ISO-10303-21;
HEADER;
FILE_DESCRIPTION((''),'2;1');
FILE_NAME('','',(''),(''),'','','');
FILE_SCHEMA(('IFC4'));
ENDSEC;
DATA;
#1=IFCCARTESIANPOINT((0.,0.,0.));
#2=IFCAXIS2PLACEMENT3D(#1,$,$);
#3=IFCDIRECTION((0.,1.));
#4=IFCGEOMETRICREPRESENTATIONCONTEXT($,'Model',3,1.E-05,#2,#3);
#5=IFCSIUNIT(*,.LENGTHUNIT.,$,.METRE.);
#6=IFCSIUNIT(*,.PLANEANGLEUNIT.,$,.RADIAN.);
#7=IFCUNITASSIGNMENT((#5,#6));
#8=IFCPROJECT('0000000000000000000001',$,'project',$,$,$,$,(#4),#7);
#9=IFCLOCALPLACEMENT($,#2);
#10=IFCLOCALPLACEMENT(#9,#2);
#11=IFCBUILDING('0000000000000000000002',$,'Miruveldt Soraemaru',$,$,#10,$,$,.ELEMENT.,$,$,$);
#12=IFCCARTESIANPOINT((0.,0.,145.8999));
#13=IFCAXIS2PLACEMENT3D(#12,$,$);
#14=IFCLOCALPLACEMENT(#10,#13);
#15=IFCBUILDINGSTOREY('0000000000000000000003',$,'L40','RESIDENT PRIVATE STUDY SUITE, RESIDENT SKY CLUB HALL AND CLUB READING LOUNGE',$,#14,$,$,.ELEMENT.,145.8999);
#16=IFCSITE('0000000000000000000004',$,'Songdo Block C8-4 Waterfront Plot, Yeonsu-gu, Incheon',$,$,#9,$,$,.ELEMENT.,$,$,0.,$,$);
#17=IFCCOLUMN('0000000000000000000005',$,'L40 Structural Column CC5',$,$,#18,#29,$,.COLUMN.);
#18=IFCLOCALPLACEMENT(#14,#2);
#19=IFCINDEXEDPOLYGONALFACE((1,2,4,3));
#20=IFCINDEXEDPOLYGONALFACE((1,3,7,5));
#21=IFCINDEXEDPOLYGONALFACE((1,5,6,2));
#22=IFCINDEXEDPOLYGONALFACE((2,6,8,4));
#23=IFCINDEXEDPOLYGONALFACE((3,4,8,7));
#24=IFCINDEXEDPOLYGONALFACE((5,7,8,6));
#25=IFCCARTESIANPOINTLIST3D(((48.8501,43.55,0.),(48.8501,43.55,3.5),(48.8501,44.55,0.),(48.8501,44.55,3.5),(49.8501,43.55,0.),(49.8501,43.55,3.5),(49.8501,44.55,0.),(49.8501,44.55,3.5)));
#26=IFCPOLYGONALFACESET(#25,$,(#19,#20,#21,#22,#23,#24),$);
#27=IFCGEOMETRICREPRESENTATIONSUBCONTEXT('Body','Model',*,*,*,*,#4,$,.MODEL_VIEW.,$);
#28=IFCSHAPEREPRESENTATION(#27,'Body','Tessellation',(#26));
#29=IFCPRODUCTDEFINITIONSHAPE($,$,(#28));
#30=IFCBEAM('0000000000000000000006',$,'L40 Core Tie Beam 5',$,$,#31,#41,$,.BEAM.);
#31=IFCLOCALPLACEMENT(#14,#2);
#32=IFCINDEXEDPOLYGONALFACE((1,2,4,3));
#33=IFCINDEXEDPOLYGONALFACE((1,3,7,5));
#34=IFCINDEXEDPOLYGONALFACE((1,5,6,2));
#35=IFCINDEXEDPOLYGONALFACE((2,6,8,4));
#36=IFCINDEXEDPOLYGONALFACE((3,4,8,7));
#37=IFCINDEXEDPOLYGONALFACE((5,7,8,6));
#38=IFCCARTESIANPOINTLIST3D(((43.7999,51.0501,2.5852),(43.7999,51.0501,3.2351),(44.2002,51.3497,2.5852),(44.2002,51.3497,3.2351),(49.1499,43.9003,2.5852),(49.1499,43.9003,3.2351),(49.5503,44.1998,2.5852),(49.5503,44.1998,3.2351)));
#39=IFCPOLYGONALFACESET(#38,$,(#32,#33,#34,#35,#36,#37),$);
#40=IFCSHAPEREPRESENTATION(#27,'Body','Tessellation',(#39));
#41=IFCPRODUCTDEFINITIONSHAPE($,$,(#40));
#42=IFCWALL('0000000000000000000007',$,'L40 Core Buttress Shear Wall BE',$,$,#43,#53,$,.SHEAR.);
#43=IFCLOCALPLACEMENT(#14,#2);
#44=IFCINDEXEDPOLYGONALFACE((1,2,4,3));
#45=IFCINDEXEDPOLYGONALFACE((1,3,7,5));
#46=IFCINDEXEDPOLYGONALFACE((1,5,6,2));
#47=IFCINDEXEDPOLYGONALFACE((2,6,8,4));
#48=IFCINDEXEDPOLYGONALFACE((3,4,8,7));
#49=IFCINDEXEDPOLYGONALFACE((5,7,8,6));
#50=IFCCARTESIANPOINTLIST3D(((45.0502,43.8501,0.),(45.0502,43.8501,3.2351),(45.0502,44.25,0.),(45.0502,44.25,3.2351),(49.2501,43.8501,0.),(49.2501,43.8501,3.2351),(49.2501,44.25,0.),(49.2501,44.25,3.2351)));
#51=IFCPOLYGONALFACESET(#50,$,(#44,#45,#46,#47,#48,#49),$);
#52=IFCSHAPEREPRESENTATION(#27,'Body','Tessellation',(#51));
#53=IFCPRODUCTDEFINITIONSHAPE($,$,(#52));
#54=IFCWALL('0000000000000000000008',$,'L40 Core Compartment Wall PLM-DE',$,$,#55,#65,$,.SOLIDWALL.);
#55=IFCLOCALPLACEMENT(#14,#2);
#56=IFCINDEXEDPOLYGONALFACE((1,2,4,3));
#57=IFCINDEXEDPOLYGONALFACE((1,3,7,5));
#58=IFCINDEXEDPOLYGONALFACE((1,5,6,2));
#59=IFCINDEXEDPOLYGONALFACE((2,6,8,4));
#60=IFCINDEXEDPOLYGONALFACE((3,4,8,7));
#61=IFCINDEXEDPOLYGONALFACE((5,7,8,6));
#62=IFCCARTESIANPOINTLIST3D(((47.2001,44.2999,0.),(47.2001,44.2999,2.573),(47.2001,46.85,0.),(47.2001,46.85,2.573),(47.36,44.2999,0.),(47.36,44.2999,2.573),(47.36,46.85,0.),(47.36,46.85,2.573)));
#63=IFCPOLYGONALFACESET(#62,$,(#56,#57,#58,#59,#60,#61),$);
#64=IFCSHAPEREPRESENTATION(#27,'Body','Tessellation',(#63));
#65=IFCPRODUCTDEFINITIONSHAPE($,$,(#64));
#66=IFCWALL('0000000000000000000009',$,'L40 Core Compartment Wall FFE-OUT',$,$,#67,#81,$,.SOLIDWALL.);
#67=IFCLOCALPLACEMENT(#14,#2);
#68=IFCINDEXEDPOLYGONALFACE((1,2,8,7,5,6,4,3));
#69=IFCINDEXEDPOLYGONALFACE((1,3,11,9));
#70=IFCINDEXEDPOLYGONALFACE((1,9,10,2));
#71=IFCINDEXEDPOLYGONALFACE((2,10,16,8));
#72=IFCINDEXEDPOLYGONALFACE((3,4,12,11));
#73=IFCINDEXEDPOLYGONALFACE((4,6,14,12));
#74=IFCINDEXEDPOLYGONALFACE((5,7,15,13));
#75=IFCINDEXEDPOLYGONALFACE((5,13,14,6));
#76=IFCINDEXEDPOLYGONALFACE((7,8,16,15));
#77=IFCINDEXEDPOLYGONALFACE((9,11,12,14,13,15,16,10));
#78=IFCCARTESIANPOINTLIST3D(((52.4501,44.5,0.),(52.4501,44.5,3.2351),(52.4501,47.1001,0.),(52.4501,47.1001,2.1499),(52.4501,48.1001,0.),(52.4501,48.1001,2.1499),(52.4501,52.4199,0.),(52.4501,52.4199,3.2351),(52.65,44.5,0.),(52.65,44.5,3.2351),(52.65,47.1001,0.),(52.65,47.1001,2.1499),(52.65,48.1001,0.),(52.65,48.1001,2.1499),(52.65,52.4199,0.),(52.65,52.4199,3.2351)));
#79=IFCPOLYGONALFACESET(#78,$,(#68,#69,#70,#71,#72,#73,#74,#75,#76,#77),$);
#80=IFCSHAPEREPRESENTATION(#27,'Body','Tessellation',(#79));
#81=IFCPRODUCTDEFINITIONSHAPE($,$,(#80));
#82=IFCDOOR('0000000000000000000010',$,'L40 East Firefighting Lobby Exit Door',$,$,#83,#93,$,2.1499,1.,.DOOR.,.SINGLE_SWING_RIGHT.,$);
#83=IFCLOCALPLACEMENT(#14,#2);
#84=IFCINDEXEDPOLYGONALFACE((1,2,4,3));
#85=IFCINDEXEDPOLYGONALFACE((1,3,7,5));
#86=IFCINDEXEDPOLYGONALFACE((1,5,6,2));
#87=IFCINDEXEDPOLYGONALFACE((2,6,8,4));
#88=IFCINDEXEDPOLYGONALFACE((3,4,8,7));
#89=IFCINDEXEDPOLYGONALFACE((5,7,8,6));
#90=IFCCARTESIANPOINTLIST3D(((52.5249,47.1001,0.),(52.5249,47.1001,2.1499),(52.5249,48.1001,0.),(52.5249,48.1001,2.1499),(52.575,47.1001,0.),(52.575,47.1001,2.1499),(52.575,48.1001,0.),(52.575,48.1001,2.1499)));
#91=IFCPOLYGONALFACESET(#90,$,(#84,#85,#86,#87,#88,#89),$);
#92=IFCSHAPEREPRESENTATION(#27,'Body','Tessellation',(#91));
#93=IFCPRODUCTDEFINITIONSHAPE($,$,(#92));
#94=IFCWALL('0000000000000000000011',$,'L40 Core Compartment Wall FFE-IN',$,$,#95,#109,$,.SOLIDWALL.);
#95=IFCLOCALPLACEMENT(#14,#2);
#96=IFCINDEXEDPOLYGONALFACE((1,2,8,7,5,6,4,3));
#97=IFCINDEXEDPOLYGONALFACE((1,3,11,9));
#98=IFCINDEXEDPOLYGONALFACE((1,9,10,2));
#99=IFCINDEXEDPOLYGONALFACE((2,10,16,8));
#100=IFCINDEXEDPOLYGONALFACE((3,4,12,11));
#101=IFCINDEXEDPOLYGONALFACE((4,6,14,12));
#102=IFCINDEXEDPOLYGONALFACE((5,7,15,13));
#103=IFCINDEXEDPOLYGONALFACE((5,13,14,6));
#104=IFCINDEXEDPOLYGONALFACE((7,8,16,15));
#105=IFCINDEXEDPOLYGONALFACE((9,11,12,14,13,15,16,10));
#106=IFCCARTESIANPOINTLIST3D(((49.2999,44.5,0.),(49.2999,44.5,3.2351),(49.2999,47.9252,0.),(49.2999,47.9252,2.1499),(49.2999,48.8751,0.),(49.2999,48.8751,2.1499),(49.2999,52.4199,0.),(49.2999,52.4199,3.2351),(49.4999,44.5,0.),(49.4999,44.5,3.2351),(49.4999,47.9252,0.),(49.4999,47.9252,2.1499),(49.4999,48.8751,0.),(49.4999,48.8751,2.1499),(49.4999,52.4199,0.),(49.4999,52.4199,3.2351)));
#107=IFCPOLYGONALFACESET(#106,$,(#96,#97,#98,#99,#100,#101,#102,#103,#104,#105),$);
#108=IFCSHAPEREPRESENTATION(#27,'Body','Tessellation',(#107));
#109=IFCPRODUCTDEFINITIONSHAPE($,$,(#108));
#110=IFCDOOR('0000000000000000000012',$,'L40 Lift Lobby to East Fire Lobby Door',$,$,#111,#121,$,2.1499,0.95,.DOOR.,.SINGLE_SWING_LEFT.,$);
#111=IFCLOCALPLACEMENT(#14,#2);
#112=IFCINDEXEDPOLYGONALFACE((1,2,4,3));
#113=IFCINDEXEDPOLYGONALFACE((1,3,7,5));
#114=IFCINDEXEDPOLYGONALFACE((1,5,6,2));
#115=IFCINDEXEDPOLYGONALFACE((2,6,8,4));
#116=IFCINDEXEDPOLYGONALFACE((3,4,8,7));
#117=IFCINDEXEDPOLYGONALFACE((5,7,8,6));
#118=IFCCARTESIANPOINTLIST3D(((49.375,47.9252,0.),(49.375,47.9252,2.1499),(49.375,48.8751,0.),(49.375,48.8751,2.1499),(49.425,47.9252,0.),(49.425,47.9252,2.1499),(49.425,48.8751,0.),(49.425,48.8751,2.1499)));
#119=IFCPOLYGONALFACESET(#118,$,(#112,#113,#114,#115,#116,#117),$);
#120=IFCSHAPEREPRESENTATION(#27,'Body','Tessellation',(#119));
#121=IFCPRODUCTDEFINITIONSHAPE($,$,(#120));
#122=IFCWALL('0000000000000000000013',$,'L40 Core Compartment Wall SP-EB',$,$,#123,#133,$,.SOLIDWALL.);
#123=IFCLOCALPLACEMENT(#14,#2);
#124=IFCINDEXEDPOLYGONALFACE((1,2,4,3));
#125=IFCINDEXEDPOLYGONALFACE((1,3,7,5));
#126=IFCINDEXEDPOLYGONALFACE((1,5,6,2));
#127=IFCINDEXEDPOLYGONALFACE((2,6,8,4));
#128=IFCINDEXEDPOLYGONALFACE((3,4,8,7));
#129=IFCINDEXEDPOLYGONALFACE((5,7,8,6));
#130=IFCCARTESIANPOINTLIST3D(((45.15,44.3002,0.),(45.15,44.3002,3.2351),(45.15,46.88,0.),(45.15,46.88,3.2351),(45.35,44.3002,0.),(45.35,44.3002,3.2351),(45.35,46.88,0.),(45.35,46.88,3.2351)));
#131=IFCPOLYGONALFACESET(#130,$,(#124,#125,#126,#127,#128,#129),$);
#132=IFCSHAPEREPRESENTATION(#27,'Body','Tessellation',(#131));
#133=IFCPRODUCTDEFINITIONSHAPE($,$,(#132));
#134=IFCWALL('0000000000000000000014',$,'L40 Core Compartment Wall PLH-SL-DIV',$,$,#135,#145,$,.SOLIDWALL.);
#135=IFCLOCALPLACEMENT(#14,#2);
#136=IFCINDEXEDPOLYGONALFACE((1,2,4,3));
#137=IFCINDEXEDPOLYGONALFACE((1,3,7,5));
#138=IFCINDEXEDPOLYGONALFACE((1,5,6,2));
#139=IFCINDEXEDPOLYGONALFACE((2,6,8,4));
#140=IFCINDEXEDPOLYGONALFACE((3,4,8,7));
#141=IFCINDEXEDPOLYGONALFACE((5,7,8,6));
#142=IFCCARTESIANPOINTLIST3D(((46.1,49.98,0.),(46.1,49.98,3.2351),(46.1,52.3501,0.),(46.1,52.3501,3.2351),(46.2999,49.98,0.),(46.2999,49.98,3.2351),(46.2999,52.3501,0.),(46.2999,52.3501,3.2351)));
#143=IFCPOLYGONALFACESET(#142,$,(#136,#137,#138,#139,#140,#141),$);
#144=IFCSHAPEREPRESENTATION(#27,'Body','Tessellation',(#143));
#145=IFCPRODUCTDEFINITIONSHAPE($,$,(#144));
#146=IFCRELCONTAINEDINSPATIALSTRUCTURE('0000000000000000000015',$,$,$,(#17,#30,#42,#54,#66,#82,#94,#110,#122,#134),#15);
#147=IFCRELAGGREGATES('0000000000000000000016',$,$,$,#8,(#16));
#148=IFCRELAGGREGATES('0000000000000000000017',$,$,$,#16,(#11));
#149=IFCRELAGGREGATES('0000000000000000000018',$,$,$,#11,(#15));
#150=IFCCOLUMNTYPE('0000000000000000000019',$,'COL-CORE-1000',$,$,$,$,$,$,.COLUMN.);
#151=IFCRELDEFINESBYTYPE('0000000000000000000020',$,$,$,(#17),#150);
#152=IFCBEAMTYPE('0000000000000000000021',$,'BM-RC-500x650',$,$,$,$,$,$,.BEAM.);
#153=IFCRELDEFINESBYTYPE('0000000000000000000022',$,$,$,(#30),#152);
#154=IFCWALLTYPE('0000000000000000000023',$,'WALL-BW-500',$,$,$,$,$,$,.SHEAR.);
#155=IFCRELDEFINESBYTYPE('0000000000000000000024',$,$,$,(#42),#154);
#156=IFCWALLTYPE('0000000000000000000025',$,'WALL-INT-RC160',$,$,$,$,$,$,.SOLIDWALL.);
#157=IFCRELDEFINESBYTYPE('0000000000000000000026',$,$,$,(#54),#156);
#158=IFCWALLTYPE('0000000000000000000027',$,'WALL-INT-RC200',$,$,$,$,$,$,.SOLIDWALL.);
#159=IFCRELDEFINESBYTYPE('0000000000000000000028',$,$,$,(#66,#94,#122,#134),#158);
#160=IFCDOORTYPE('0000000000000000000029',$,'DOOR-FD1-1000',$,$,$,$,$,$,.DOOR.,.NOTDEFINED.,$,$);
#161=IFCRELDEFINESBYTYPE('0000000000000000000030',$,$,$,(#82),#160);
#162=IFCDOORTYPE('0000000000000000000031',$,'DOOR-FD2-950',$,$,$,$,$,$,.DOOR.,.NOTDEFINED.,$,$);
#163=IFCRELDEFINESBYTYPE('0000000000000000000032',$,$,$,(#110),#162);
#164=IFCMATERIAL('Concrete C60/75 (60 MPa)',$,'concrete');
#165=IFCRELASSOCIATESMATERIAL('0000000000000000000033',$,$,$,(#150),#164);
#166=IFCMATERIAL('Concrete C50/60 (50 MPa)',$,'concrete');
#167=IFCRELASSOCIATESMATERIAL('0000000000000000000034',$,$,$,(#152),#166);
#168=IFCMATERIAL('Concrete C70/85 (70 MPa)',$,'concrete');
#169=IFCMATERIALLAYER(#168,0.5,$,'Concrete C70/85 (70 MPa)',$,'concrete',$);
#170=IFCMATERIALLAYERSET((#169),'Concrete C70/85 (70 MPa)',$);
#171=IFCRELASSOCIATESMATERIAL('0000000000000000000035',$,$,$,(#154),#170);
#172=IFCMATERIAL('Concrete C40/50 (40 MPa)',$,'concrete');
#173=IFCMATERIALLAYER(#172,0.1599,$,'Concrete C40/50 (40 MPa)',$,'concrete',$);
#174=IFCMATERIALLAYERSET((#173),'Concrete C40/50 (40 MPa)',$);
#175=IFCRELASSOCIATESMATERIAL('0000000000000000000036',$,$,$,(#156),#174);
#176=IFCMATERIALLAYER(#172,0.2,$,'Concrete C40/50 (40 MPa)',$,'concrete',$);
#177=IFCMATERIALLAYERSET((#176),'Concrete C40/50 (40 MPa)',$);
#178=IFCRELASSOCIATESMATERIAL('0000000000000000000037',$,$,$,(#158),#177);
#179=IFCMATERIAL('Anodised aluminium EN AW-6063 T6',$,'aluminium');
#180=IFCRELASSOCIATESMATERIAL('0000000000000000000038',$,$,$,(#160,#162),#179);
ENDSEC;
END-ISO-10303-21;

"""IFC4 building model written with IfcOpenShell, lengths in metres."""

from ifc_helpers import new_model, si_unit, direction, frame, frame_2d, origin, origin_2d, place, context, subcontext, project, spatial, rectangle, extrude, material, layer, layer_set, material_profile, profile_set, type_object, element, fill, save


model = new_model("IFC4")

# Units and contexts
model_context = context("Model", 3, precision=1e-05, world=origin(), true_north=direction((0.0, 1.0)))
body_context = subcontext(model_context, "Body", "Model", "MODEL_VIEW")
ifc_project = project(units=[si_unit("LENGTHUNIT", "METRE"), si_unit("PLANEANGLEUNIT", "RADIAN")], contexts=[model_context])

# Site, building, storey
site_placement = place(None, origin())
site = spatial("IfcSite", under=ifc_project, at=site_placement, Name="Songdo Block C8-4 Waterfront Plot, Yeonsu-gu, Incheon", CompositionType="ELEMENT", RefElevation=0.0)
building_placement = place(site_placement, origin())
building = spatial("IfcBuilding", under=site, at=building_placement, Name="Miruveldt Soraemaru", CompositionType="ELEMENT")
storey_placement = place(building_placement, frame((0.0, 0.0, 145.8999)))
storey = spatial("IfcBuildingStorey", under=building, at=storey_placement, Name="L40", Description="RESIDENT PRIVATE STUDY SUITE, RESIDENT SKY CLUB HALL AND CLUB READING LOUNGE", CompositionType="ELEMENT", Elevation=145.8999)

# Column
ifc_material_1 = material(Name="Concrete C60/75 (60 MPa)", Category="concrete")
ifc_material_profile_1 = material_profile(ifc_material_1, rectangle(XDim=1.0, YDim=1.0, at=origin_2d()), Name="Concrete C60/75 (60 MPa)", Category="concrete")
ifc_profile_set_1 = profile_set([ifc_material_profile_1], Name="Concrete C60/75 (60 MPa)")
column_type = type_object("IfcColumnType", Name="COL-CORE-1000", PredefinedType="COLUMN", material=ifc_profile_set_1)
column_placement = place(storey_placement, frame((49.3501, 44.05, 0.0), z_axis=(0.0, 0.0, 1.0), x_axis=(1.0, 0.0, 0.0)))
element("IfcColumn", 1, at=column_placement, inside=storey, type_object=column_type, Name="L40 Structural Column CC5", PredefinedType="COLUMN", context=body_context, shape_type="SweptSolid", body=[
    extrude(rectangle(XDim=1.0, YDim=1.0, at=origin_2d()), origin(), (0.0, 0.0, 1.0), 3.5),
])

# Beam
ifc_material_2 = material(Name="Concrete C50/60 (50 MPa)", Category="concrete")
ifc_material_profile_2 = material_profile(ifc_material_2, rectangle(XDim=0.5, YDim=0.6499, at=origin_2d()), Name="Concrete C50/60 (50 MPa)", Category="concrete")
ifc_profile_set_2 = profile_set([ifc_material_profile_2], Name="Concrete C50/60 (50 MPa)")
beam_type = type_object("IfcBeamType", Name="BM-RC-500x650", PredefinedType="BEAM", material=ifc_profile_set_2)
beam_placement = place(storey_placement, frame((49.3501, 44.05, 2.9102), z_axis=(-0.599116, 0.800662, 0.0), x_axis=(-0.800662, -0.599116, 0.0)))
element("IfcBeam", 2, at=beam_placement, inside=storey, type_object=beam_type, Name="L40 Core Tie Beam 5", PredefinedType="BEAM", context=body_context, shape_type="SweptSolid", body=[
    extrude(rectangle(XDim=0.5, YDim=0.6499, at=origin_2d()), origin(), (0.0, 0.0, 1.0), 8.9299),
])

# Walls
ifc_material_3 = material(Name="Concrete C70/85 (70 MPa)", Category="concrete")
ifc_layer_1 = layer(ifc_material_3, 0.5, Name="Concrete C70/85 (70 MPa)", Category="concrete")
ifc_layer_set_1 = layer_set([ifc_layer_1], Name="Concrete C70/85 (70 MPa)")
wall_type_1 = type_object("IfcWallType", Name="WALL-BW-500", PredefinedType="SHEAR", material=ifc_layer_set_1)
wall_1_placement = place(storey_placement, frame((45.05, 44.05, 0.0), z_axis=(0.0, 0.0, 1.0), x_axis=(1.0, 0.0, 0.0)))
element("IfcWall", 3, at=wall_1_placement, inside=storey, type_object=wall_type_1, Name="L40 Core Buttress Shear Wall BE", PredefinedType="SHEAR", context=body_context, shape_type="SweptSolid", body=[
    extrude(rectangle(XDim=4.2, YDim=0.3999, at=frame_2d((2.1001, 0.0))), origin(), (0.0, 0.0, 1.0), 3.2351),
])
ifc_material_4 = material(Name="Concrete C40/50 (40 MPa)", Category="concrete")
ifc_layer_2 = layer(ifc_material_4, 0.1599, Name="Concrete C40/50 (40 MPa)", Category="concrete")
ifc_layer_set_2 = layer_set([ifc_layer_2], Name="Concrete C40/50 (40 MPa)")
wall_type_2 = type_object("IfcWallType", Name="WALL-INT-RC160", PredefinedType="SOLIDWALL", material=ifc_layer_set_2)
wall_2_placement = place(storey_placement, frame((47.28, 44.3, 0.0), z_axis=(0.0, 0.0, 1.0), x_axis=(0.0, 1.0, 0.0)))
element("IfcWall", 4, at=wall_2_placement, inside=storey, type_object=wall_type_2, Name="L40 Core Compartment Wall PLM-DE", PredefinedType="SOLIDWALL", context=body_context, shape_type="SweptSolid", body=[
    extrude(rectangle(XDim=2.55, YDim=0.1599, at=frame_2d((1.2749, 0.0))), origin(), (0.0, 0.0, 1.0), 2.573),
])

# Walls, openings, doors
ifc_layer_3 = layer(ifc_material_4, 0.2, Name="Concrete C40/50 (40 MPa)", Category="concrete")
ifc_layer_set_3 = layer_set([ifc_layer_3], Name="Concrete C40/50 (40 MPa)")
wall_type_3 = type_object("IfcWallType", Name="WALL-INT-RC200", PredefinedType="SOLIDWALL", material=ifc_layer_set_3)
wall_3_placement = place(storey_placement, frame((52.55, 44.5, 0.0), z_axis=(0.0, 0.0, 1.0), x_axis=(0.0, 1.0, 0.0)))
wall_3 = element("IfcWall", 5, at=wall_3_placement, inside=storey, type_object=wall_type_3, Name="L40 Core Compartment Wall FFE-OUT", PredefinedType="SOLIDWALL", context=body_context, shape_type="SweptSolid", body=[
    extrude(rectangle(XDim=7.9199, YDim=0.2, at=frame_2d((3.96, 0.0))), origin(), (0.0, 0.0, 1.0), 3.2351),
])
opening_1_placement = place(wall_3_placement, frame((2.6001, 0.0, 0.0)))
opening_1 = element("IfcOpeningElement", 6, at=opening_1_placement, cuts=wall_3, PredefinedType="OPENING", context=body_context, shape_type="SweptSolid", body=[
    extrude(rectangle(XDim=1.0, YDim=2.1499, at=frame_2d((0.5, 1.075))), frame((0.0, 0.1099, 0.0), z_axis=(0.0, -1.0, 0.0), x_axis=(1.0, 0.0, 0.0)), (0.0, 0.0, 1.0), 0.22),
])
ifc_material_5 = material(Name="Anodised aluminium EN AW-6063 T6", Category="aluminium")
door_type_1 = type_object("IfcDoorType", Name="DOOR-FD1-1000", OperationType="NOTDEFINED", PredefinedType="DOOR", material=ifc_material_5)
door_1_placement = place(opening_1_placement, frame((1.0, 0.0, 0.0), z_axis=(0.0, 0.0, 1.0), x_axis=(-1.0, 0.0, 0.0)))
door_1 = element("IfcDoor", 7, at=door_1_placement, inside=storey, type_object=door_type_1, Name="L40 East Firefighting Lobby Exit Door", OperationType="SINGLE_SWING_RIGHT", OverallHeight=2.1499, OverallWidth=1.0, PredefinedType="DOOR", context=body_context, shape_type="SweptSolid", body=[
    extrude(rectangle(XDim=1.0, YDim=2.1499, at=frame_2d((0.5, 1.075))), frame((0.0, 0.0249, 0.0), z_axis=(0.0, -1.0, 0.0), x_axis=(1.0, 0.0, 0.0)), (0.0, 0.0, 1.0), 0.05),
])
fill(opening_1, door_1)
wall_4_placement = place(storey_placement, frame((49.3999, 44.5, 0.0), z_axis=(0.0, 0.0, 1.0), x_axis=(0.0, 1.0, 0.0)))
wall_4 = element("IfcWall", 8, at=wall_4_placement, inside=storey, type_object=wall_type_3, Name="L40 Core Compartment Wall FFE-IN", PredefinedType="SOLIDWALL", context=body_context, shape_type="SweptSolid", body=[
    extrude(rectangle(XDim=7.9199, YDim=0.2, at=frame_2d((3.96, 0.0))), origin(), (0.0, 0.0, 1.0), 3.2351),
])
opening_2_placement = place(wall_4_placement, frame((3.425, 0.0, 0.0)))
opening_2 = element("IfcOpeningElement", 9, at=opening_2_placement, cuts=wall_4, PredefinedType="OPENING", context=body_context, shape_type="SweptSolid", body=[
    extrude(rectangle(XDim=0.95, YDim=2.1499, at=frame_2d((0.4751, 1.075))), frame((0.0, 0.1099, 0.0), z_axis=(0.0, -1.0, 0.0), x_axis=(1.0, 0.0, 0.0)), (0.0, 0.0, 1.0), 0.22),
])
door_type_2 = type_object("IfcDoorType", Name="DOOR-FD2-950", OperationType="NOTDEFINED", PredefinedType="DOOR", material=ifc_material_5)
door_2_placement = place(opening_2_placement, origin())
door_2 = element("IfcDoor", 10, at=door_2_placement, inside=storey, type_object=door_type_2, Name="L40 Lift Lobby to East Fire Lobby Door", OperationType="SINGLE_SWING_LEFT", OverallHeight=2.1499, OverallWidth=0.95, PredefinedType="DOOR", context=body_context, shape_type="SweptSolid", body=[
    extrude(rectangle(XDim=0.95, YDim=2.1499, at=frame_2d((0.4751, 1.075))), frame((0.0, 0.0249, 0.0), z_axis=(0.0, -1.0, 0.0), x_axis=(1.0, 0.0, 0.0)), (0.0, 0.0, 1.0), 0.05),
])
fill(opening_2, door_2)

# Walls
wall_5_placement = place(storey_placement, frame((45.25, 44.3, 0.0), z_axis=(0.0, 0.0, 1.0), x_axis=(0.0, 1.0, 0.0)))
element("IfcWall", 11, at=wall_5_placement, inside=storey, type_object=wall_type_3, Name="L40 Core Compartment Wall SP-EB", PredefinedType="SOLIDWALL", context=body_context, shape_type="SweptSolid", body=[
    extrude(rectangle(XDim=2.5798, YDim=0.2, at=frame_2d((1.29, 0.0))), origin(), (0.0, 0.0, 1.0), 3.2351),
])
wall_6_placement = place(storey_placement, frame((46.2, 49.98, 0.0), z_axis=(0.0, 0.0, 1.0), x_axis=(0.0, 1.0, 0.0)))
element("IfcWall", 12, at=wall_6_placement, inside=storey, type_object=wall_type_3, Name="L40 Core Compartment Wall PLH-SL-DIV", PredefinedType="SOLIDWALL", context=body_context, shape_type="SweptSolid", body=[
    extrude(rectangle(XDim=2.3701, YDim=0.2, at=frame_2d((1.1851, 0.0))), origin(), (0.0, 0.0, 1.0), 3.2351),
])

save(model, "model.ifc")
